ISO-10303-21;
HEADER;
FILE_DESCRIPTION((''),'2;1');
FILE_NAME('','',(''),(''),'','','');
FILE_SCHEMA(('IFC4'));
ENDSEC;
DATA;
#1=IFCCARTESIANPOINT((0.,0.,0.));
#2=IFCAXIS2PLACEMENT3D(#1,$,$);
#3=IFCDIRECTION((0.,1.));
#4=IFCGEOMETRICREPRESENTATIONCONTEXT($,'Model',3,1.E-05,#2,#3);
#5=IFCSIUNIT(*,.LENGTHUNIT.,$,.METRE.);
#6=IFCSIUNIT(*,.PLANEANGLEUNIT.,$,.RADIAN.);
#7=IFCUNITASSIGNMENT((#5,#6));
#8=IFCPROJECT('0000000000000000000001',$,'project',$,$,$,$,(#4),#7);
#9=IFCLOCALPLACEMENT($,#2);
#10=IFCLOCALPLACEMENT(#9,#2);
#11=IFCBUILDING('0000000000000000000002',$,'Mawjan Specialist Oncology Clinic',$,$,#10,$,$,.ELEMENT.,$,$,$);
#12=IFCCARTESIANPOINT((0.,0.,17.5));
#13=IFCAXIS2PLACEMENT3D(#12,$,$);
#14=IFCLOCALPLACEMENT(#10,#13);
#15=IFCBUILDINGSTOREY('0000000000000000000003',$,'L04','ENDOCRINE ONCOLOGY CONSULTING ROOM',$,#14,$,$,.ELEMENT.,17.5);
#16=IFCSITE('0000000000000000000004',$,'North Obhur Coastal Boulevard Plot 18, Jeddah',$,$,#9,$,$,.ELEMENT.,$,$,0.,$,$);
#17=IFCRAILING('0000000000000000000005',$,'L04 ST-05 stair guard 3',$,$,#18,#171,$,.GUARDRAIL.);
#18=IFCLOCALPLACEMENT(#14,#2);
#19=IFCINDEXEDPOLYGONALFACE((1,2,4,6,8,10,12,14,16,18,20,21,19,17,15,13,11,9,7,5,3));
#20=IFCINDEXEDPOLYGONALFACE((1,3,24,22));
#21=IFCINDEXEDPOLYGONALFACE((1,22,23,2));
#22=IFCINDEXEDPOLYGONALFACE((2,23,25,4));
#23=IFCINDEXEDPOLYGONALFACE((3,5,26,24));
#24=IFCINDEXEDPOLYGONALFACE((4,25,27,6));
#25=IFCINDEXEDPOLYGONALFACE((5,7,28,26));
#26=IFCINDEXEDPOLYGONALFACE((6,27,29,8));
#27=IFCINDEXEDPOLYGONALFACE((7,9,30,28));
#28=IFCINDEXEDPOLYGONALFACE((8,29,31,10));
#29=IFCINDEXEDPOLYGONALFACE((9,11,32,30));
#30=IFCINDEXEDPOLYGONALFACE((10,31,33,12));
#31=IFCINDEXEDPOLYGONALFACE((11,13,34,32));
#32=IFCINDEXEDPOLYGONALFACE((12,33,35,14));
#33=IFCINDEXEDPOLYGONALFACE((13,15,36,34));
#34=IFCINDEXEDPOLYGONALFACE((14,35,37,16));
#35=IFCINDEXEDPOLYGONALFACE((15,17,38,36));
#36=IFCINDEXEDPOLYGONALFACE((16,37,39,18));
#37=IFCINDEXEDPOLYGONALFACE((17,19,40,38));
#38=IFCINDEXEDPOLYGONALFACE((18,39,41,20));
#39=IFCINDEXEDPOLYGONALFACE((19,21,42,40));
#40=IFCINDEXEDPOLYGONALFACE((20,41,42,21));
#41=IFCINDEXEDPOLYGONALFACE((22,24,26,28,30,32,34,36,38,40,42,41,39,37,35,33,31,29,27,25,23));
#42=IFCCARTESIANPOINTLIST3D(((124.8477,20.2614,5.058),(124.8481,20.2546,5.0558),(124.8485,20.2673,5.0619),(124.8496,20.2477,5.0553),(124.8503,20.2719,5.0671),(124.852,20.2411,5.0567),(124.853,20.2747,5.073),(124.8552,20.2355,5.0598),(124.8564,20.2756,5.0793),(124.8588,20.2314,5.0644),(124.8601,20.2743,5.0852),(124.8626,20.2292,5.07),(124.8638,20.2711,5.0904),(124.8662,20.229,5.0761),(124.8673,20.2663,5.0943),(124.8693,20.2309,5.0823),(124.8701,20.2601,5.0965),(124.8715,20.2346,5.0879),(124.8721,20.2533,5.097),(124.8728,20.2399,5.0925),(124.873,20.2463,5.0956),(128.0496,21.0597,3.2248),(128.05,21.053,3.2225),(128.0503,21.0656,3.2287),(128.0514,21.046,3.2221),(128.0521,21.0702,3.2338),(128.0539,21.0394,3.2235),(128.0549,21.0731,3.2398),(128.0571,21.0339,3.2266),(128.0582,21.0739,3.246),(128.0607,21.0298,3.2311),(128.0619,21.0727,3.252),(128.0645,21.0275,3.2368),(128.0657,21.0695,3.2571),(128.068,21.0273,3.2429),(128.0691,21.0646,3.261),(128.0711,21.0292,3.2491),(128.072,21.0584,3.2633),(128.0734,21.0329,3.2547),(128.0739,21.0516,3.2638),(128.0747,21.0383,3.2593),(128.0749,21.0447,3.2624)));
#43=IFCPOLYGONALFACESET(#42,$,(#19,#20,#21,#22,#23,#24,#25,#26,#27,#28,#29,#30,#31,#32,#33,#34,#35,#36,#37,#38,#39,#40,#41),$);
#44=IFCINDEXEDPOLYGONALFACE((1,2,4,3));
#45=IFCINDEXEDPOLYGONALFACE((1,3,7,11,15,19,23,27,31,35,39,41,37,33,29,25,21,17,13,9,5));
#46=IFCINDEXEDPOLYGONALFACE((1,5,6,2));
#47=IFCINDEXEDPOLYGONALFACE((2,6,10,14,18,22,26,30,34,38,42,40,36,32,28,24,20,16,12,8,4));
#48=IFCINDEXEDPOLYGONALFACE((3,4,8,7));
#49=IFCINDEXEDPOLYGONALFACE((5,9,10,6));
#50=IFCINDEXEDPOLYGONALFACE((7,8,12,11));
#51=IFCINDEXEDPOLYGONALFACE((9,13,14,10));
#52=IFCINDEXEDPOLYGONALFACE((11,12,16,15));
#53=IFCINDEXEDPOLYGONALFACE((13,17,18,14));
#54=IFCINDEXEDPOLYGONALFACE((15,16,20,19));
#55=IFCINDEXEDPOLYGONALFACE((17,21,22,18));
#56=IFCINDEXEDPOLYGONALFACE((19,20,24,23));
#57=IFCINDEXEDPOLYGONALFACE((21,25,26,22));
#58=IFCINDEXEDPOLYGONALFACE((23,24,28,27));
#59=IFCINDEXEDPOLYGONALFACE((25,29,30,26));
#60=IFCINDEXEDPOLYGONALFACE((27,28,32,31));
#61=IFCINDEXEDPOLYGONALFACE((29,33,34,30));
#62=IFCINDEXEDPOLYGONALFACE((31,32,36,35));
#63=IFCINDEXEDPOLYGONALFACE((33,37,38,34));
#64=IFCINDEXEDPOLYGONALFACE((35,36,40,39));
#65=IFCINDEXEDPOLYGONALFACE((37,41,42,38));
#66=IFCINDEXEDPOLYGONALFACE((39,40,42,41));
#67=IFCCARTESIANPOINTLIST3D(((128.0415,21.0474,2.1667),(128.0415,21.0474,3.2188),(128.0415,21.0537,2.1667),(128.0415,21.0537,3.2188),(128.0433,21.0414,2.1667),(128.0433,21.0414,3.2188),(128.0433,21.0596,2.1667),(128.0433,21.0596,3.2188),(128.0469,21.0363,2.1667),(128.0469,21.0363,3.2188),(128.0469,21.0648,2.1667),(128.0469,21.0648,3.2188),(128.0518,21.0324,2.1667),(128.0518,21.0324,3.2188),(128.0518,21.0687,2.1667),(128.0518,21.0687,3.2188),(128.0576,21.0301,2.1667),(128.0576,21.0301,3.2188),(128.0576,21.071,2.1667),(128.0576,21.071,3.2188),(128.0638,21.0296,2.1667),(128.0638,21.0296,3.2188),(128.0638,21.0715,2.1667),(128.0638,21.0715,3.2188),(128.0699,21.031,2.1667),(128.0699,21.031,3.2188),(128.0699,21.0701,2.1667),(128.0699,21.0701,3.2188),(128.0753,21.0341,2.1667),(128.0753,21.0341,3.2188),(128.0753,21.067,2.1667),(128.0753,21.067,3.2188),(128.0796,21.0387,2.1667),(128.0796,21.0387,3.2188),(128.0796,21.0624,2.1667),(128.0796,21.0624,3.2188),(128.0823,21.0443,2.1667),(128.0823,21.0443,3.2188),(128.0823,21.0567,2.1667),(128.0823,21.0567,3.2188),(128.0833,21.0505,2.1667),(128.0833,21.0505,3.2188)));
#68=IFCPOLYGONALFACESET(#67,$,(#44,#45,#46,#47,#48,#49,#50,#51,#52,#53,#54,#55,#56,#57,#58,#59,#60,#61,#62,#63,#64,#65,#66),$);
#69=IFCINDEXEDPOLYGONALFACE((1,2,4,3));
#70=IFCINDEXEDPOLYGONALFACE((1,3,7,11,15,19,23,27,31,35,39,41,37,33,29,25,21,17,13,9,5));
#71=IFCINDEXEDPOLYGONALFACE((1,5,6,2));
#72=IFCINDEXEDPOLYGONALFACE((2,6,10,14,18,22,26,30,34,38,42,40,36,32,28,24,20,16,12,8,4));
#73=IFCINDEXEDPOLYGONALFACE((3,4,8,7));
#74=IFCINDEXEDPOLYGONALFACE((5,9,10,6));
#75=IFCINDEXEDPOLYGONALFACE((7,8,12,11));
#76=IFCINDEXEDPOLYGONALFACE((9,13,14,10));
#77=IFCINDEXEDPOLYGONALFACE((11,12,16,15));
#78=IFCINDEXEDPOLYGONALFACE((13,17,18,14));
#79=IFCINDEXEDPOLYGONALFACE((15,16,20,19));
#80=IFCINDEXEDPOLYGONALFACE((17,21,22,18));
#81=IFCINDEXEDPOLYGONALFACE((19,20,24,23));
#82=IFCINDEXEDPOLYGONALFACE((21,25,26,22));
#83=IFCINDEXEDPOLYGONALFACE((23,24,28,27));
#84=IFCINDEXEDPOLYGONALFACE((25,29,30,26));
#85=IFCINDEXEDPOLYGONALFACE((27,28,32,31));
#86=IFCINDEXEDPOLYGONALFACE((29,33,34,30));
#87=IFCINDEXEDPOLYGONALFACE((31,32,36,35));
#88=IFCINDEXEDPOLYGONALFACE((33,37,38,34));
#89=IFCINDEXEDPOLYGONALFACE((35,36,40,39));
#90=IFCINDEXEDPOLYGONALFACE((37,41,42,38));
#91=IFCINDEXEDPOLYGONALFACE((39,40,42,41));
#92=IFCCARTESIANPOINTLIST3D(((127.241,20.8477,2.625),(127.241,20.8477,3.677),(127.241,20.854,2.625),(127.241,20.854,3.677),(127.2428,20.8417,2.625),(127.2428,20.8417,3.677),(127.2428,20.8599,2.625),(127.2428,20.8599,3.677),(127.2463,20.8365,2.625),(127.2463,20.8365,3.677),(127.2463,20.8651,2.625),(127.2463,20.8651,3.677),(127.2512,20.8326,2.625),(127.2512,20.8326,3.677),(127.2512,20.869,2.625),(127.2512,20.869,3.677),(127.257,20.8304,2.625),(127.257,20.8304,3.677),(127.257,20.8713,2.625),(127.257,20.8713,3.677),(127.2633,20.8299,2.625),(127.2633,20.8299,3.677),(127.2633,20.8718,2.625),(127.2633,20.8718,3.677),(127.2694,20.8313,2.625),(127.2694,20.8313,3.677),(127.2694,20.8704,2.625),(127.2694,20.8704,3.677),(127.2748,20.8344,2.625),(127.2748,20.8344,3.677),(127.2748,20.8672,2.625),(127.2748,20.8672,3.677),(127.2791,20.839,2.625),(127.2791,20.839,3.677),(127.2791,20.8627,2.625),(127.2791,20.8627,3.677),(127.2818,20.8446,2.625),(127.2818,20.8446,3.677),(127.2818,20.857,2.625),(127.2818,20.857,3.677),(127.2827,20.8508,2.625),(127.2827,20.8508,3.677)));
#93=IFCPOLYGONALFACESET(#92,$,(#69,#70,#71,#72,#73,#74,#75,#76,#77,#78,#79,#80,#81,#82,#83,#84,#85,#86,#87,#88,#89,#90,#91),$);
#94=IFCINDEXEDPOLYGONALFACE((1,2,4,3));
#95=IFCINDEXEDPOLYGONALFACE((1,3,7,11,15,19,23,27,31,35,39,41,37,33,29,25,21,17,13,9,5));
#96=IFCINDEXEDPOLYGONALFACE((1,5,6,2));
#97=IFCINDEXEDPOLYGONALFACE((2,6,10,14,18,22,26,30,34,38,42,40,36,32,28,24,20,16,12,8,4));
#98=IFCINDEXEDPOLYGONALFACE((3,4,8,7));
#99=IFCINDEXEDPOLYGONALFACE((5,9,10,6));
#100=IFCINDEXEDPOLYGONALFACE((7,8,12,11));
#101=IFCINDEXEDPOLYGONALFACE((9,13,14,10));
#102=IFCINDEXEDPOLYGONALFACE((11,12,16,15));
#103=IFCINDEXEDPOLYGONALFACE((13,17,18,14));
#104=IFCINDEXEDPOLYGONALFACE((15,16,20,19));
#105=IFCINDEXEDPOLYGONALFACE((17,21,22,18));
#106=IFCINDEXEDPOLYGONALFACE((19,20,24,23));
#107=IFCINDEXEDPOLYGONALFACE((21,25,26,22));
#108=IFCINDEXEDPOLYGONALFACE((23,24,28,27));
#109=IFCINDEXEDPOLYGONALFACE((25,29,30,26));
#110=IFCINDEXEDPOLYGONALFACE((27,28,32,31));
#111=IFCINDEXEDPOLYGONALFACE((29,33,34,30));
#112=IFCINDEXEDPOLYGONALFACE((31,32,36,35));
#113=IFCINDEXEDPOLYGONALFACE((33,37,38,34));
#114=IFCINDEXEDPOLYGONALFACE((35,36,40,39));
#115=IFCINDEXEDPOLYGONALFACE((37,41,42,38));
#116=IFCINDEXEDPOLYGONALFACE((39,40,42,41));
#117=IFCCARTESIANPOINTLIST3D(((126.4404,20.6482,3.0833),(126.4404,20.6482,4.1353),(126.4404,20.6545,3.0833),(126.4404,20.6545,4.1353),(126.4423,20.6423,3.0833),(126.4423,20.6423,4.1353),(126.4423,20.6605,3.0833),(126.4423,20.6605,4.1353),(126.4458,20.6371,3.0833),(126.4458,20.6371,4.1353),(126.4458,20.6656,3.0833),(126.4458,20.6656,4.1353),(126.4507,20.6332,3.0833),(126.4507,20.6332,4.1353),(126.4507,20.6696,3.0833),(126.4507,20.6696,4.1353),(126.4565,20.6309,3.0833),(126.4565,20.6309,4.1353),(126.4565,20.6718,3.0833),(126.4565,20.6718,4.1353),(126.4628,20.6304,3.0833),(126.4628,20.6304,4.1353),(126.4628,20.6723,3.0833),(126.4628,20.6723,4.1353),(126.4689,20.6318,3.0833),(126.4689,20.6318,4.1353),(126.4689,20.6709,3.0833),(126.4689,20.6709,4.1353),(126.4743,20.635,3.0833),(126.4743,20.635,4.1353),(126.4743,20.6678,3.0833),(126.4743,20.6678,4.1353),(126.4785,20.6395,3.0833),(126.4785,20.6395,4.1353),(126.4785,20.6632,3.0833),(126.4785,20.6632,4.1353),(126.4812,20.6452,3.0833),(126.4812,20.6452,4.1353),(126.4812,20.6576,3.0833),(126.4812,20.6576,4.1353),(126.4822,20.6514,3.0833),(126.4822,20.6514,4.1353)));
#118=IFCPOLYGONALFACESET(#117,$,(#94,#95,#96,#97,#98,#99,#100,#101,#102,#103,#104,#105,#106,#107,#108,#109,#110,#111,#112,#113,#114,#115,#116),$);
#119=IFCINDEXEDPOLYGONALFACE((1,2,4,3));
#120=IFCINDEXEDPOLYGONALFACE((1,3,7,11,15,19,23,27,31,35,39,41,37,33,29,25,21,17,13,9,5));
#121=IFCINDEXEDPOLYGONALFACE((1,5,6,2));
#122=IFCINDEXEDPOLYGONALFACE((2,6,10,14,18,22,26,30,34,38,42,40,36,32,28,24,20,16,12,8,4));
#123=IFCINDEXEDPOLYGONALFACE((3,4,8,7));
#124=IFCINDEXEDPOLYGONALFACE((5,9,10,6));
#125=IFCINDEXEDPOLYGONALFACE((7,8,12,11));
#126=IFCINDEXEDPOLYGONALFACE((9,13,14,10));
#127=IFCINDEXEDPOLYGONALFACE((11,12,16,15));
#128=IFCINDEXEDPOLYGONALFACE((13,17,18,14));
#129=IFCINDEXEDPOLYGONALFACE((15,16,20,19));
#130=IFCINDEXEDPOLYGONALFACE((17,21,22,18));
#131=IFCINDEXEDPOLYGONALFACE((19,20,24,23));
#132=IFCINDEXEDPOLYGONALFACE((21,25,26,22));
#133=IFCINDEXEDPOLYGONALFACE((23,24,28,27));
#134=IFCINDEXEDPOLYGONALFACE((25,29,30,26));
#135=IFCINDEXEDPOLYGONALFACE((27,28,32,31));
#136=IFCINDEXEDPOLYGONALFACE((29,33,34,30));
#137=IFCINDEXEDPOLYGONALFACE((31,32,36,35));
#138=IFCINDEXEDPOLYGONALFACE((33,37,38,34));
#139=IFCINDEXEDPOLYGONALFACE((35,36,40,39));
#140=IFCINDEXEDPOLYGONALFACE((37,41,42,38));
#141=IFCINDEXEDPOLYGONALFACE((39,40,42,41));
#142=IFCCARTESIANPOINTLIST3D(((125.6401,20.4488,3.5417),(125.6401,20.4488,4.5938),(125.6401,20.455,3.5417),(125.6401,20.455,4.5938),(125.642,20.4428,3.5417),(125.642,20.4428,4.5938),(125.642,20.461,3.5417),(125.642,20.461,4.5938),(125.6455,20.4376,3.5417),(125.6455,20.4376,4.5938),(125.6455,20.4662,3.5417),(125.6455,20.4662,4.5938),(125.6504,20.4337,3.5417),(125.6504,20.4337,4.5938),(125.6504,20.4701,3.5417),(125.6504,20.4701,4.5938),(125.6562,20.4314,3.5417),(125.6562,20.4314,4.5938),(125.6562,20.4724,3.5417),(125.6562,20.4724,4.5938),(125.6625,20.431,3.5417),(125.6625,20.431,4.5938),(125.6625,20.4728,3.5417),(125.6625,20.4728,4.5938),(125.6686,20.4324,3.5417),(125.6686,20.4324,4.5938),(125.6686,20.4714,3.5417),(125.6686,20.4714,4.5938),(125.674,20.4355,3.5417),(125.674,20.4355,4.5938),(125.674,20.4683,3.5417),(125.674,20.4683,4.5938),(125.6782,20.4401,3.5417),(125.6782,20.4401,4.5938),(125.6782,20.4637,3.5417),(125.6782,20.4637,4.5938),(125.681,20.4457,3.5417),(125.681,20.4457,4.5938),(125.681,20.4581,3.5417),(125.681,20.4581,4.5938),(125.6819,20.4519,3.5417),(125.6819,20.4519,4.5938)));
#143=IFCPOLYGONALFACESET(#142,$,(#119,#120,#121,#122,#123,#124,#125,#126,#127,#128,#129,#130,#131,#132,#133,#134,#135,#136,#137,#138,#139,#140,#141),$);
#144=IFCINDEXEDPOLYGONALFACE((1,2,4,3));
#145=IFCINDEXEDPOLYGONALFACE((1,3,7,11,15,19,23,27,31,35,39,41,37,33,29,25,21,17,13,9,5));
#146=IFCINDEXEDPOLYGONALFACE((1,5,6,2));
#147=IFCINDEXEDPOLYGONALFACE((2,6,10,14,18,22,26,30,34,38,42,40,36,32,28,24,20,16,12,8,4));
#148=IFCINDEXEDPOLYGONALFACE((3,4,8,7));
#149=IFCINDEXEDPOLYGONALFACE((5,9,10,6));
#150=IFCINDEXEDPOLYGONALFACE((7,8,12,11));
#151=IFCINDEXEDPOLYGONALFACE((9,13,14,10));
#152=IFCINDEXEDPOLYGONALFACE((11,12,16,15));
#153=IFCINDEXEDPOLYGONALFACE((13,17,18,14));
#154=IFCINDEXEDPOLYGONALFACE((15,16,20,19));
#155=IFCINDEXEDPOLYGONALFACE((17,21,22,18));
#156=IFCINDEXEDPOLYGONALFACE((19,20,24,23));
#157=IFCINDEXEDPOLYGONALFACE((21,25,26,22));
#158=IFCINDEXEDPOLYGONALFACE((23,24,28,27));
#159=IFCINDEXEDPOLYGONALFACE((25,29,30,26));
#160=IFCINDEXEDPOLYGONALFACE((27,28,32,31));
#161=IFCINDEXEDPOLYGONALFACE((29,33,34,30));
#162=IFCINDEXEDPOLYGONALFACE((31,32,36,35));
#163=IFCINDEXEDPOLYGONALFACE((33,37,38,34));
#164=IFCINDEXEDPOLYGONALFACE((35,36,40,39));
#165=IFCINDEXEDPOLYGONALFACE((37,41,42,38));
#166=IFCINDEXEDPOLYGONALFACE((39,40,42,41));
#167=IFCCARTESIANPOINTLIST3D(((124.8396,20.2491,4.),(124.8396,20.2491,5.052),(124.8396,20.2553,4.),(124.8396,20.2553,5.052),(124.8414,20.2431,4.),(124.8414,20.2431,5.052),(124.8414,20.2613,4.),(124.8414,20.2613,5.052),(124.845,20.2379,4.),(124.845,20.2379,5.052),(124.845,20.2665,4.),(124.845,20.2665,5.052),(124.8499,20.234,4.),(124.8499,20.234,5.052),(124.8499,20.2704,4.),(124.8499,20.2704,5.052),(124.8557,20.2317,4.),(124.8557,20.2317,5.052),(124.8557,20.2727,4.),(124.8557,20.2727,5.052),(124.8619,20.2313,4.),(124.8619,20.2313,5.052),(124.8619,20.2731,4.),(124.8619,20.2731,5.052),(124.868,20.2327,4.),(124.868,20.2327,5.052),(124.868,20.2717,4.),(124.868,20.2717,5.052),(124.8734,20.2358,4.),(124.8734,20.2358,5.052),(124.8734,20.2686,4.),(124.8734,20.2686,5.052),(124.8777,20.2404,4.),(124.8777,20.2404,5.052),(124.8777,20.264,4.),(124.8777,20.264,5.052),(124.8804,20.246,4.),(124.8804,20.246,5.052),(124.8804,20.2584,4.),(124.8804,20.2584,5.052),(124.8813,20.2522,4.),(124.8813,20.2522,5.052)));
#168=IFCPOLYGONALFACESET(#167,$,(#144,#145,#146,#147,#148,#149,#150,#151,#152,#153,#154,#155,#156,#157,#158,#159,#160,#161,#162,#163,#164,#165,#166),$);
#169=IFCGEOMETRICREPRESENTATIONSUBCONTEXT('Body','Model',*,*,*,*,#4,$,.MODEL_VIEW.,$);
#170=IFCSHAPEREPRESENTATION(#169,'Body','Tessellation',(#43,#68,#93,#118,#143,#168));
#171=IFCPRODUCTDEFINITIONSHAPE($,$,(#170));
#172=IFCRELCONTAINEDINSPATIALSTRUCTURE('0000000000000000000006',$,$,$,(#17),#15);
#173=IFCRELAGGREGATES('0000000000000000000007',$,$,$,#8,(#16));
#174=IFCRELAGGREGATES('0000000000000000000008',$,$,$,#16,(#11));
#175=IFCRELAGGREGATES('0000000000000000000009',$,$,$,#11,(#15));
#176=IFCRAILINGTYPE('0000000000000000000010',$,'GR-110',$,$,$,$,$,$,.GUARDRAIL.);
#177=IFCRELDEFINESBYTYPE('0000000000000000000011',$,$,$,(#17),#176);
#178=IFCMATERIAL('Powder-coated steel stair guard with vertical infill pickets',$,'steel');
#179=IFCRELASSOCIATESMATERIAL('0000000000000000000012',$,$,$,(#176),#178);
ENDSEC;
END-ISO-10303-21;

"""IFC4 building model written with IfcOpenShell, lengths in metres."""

from ifc_helpers import new_model, si_unit, direction, frame, origin, origin_2d, place, context, subcontext, project, spatial, circle, extrude, material, type_object, element, save


model = new_model("IFC4")

# Units and contexts
model_context = context("Model", 3, precision=1e-05, world=origin(), true_north=direction((0.0, 1.0)))
body_context = subcontext(model_context, "Body", "Model", "MODEL_VIEW")
ifc_project = project(units=[si_unit("LENGTHUNIT", "METRE"), si_unit("PLANEANGLEUNIT", "RADIAN")], contexts=[model_context])

# Site, building, storey
site_placement = place(None, origin())
site = spatial("IfcSite", under=ifc_project, at=site_placement, Name="North Obhur Coastal Boulevard Plot 18, Jeddah", CompositionType="ELEMENT", RefElevation=0.0)
building_placement = place(site_placement, origin())
building = spatial("IfcBuilding", under=site, at=building_placement, Name="Mawjan Specialist Oncology Clinic", CompositionType="ELEMENT")
storey_placement = place(building_placement, frame((0.0, 0.0, 17.5)))
storey = spatial("IfcBuildingStorey", under=building, at=storey_placement, Name="L04", Description="ENDOCRINE ONCOLOGY CONSULTING ROOM", CompositionType="ELEMENT", Elevation=17.5)

# Railing
ifc_material_1 = material(Name="Powder-coated steel stair guard with vertical infill pickets", Category="steel")
railing_type_1 = type_object("IfcRailingType", Name="GR-110", PredefinedType="GUARDRAIL", material=ifc_material_1)
railing_1_placement = place(storey_placement, frame((128.0623, 21.0505, 2.1667)))
element("IfcRailing", 1, at=railing_1_placement, inside=storey, type_object=railing_type_1, Name="L04 ST-05 stair guard 3", PredefinedType="GUARDRAIL", context=body_context, shape_type="SweptSolid", body=[
    extrude(circle(Radius=0.0239, at=origin_2d()), frame((0.0, 0.0, 1.0762), z_axis=(-0.848195, -0.211483, 0.485634), x_axis=(0.241926, -0.970295, 0.0)), (0.0, 0.0, 1.0), 3.7749),
    extrude(circle(Radius=0.021, at=origin_2d()), origin(), (0.0, 0.0, 1.0), 1.052),
    extrude(circle(Radius=0.021, at=origin_2d()), frame((-0.8005, -0.1997, 0.4583)), (0.0, 0.0, 1.0), 1.052),
    extrude(circle(Radius=0.021, at=origin_2d()), frame((-1.6011, -0.3992, 0.9165)), (0.0, 0.0, 1.0), 1.052),
    extrude(circle(Radius=0.021, at=origin_2d()), frame((-2.4014, -0.5986, 1.375)), (0.0, 0.0, 1.0), 1.052),
    extrude(circle(Radius=0.021, at=origin_2d()), frame((-3.2019, -0.7983, 1.8333)), (0.0, 0.0, 1.0), 1.052),
])

save(model, "model.ifc")
